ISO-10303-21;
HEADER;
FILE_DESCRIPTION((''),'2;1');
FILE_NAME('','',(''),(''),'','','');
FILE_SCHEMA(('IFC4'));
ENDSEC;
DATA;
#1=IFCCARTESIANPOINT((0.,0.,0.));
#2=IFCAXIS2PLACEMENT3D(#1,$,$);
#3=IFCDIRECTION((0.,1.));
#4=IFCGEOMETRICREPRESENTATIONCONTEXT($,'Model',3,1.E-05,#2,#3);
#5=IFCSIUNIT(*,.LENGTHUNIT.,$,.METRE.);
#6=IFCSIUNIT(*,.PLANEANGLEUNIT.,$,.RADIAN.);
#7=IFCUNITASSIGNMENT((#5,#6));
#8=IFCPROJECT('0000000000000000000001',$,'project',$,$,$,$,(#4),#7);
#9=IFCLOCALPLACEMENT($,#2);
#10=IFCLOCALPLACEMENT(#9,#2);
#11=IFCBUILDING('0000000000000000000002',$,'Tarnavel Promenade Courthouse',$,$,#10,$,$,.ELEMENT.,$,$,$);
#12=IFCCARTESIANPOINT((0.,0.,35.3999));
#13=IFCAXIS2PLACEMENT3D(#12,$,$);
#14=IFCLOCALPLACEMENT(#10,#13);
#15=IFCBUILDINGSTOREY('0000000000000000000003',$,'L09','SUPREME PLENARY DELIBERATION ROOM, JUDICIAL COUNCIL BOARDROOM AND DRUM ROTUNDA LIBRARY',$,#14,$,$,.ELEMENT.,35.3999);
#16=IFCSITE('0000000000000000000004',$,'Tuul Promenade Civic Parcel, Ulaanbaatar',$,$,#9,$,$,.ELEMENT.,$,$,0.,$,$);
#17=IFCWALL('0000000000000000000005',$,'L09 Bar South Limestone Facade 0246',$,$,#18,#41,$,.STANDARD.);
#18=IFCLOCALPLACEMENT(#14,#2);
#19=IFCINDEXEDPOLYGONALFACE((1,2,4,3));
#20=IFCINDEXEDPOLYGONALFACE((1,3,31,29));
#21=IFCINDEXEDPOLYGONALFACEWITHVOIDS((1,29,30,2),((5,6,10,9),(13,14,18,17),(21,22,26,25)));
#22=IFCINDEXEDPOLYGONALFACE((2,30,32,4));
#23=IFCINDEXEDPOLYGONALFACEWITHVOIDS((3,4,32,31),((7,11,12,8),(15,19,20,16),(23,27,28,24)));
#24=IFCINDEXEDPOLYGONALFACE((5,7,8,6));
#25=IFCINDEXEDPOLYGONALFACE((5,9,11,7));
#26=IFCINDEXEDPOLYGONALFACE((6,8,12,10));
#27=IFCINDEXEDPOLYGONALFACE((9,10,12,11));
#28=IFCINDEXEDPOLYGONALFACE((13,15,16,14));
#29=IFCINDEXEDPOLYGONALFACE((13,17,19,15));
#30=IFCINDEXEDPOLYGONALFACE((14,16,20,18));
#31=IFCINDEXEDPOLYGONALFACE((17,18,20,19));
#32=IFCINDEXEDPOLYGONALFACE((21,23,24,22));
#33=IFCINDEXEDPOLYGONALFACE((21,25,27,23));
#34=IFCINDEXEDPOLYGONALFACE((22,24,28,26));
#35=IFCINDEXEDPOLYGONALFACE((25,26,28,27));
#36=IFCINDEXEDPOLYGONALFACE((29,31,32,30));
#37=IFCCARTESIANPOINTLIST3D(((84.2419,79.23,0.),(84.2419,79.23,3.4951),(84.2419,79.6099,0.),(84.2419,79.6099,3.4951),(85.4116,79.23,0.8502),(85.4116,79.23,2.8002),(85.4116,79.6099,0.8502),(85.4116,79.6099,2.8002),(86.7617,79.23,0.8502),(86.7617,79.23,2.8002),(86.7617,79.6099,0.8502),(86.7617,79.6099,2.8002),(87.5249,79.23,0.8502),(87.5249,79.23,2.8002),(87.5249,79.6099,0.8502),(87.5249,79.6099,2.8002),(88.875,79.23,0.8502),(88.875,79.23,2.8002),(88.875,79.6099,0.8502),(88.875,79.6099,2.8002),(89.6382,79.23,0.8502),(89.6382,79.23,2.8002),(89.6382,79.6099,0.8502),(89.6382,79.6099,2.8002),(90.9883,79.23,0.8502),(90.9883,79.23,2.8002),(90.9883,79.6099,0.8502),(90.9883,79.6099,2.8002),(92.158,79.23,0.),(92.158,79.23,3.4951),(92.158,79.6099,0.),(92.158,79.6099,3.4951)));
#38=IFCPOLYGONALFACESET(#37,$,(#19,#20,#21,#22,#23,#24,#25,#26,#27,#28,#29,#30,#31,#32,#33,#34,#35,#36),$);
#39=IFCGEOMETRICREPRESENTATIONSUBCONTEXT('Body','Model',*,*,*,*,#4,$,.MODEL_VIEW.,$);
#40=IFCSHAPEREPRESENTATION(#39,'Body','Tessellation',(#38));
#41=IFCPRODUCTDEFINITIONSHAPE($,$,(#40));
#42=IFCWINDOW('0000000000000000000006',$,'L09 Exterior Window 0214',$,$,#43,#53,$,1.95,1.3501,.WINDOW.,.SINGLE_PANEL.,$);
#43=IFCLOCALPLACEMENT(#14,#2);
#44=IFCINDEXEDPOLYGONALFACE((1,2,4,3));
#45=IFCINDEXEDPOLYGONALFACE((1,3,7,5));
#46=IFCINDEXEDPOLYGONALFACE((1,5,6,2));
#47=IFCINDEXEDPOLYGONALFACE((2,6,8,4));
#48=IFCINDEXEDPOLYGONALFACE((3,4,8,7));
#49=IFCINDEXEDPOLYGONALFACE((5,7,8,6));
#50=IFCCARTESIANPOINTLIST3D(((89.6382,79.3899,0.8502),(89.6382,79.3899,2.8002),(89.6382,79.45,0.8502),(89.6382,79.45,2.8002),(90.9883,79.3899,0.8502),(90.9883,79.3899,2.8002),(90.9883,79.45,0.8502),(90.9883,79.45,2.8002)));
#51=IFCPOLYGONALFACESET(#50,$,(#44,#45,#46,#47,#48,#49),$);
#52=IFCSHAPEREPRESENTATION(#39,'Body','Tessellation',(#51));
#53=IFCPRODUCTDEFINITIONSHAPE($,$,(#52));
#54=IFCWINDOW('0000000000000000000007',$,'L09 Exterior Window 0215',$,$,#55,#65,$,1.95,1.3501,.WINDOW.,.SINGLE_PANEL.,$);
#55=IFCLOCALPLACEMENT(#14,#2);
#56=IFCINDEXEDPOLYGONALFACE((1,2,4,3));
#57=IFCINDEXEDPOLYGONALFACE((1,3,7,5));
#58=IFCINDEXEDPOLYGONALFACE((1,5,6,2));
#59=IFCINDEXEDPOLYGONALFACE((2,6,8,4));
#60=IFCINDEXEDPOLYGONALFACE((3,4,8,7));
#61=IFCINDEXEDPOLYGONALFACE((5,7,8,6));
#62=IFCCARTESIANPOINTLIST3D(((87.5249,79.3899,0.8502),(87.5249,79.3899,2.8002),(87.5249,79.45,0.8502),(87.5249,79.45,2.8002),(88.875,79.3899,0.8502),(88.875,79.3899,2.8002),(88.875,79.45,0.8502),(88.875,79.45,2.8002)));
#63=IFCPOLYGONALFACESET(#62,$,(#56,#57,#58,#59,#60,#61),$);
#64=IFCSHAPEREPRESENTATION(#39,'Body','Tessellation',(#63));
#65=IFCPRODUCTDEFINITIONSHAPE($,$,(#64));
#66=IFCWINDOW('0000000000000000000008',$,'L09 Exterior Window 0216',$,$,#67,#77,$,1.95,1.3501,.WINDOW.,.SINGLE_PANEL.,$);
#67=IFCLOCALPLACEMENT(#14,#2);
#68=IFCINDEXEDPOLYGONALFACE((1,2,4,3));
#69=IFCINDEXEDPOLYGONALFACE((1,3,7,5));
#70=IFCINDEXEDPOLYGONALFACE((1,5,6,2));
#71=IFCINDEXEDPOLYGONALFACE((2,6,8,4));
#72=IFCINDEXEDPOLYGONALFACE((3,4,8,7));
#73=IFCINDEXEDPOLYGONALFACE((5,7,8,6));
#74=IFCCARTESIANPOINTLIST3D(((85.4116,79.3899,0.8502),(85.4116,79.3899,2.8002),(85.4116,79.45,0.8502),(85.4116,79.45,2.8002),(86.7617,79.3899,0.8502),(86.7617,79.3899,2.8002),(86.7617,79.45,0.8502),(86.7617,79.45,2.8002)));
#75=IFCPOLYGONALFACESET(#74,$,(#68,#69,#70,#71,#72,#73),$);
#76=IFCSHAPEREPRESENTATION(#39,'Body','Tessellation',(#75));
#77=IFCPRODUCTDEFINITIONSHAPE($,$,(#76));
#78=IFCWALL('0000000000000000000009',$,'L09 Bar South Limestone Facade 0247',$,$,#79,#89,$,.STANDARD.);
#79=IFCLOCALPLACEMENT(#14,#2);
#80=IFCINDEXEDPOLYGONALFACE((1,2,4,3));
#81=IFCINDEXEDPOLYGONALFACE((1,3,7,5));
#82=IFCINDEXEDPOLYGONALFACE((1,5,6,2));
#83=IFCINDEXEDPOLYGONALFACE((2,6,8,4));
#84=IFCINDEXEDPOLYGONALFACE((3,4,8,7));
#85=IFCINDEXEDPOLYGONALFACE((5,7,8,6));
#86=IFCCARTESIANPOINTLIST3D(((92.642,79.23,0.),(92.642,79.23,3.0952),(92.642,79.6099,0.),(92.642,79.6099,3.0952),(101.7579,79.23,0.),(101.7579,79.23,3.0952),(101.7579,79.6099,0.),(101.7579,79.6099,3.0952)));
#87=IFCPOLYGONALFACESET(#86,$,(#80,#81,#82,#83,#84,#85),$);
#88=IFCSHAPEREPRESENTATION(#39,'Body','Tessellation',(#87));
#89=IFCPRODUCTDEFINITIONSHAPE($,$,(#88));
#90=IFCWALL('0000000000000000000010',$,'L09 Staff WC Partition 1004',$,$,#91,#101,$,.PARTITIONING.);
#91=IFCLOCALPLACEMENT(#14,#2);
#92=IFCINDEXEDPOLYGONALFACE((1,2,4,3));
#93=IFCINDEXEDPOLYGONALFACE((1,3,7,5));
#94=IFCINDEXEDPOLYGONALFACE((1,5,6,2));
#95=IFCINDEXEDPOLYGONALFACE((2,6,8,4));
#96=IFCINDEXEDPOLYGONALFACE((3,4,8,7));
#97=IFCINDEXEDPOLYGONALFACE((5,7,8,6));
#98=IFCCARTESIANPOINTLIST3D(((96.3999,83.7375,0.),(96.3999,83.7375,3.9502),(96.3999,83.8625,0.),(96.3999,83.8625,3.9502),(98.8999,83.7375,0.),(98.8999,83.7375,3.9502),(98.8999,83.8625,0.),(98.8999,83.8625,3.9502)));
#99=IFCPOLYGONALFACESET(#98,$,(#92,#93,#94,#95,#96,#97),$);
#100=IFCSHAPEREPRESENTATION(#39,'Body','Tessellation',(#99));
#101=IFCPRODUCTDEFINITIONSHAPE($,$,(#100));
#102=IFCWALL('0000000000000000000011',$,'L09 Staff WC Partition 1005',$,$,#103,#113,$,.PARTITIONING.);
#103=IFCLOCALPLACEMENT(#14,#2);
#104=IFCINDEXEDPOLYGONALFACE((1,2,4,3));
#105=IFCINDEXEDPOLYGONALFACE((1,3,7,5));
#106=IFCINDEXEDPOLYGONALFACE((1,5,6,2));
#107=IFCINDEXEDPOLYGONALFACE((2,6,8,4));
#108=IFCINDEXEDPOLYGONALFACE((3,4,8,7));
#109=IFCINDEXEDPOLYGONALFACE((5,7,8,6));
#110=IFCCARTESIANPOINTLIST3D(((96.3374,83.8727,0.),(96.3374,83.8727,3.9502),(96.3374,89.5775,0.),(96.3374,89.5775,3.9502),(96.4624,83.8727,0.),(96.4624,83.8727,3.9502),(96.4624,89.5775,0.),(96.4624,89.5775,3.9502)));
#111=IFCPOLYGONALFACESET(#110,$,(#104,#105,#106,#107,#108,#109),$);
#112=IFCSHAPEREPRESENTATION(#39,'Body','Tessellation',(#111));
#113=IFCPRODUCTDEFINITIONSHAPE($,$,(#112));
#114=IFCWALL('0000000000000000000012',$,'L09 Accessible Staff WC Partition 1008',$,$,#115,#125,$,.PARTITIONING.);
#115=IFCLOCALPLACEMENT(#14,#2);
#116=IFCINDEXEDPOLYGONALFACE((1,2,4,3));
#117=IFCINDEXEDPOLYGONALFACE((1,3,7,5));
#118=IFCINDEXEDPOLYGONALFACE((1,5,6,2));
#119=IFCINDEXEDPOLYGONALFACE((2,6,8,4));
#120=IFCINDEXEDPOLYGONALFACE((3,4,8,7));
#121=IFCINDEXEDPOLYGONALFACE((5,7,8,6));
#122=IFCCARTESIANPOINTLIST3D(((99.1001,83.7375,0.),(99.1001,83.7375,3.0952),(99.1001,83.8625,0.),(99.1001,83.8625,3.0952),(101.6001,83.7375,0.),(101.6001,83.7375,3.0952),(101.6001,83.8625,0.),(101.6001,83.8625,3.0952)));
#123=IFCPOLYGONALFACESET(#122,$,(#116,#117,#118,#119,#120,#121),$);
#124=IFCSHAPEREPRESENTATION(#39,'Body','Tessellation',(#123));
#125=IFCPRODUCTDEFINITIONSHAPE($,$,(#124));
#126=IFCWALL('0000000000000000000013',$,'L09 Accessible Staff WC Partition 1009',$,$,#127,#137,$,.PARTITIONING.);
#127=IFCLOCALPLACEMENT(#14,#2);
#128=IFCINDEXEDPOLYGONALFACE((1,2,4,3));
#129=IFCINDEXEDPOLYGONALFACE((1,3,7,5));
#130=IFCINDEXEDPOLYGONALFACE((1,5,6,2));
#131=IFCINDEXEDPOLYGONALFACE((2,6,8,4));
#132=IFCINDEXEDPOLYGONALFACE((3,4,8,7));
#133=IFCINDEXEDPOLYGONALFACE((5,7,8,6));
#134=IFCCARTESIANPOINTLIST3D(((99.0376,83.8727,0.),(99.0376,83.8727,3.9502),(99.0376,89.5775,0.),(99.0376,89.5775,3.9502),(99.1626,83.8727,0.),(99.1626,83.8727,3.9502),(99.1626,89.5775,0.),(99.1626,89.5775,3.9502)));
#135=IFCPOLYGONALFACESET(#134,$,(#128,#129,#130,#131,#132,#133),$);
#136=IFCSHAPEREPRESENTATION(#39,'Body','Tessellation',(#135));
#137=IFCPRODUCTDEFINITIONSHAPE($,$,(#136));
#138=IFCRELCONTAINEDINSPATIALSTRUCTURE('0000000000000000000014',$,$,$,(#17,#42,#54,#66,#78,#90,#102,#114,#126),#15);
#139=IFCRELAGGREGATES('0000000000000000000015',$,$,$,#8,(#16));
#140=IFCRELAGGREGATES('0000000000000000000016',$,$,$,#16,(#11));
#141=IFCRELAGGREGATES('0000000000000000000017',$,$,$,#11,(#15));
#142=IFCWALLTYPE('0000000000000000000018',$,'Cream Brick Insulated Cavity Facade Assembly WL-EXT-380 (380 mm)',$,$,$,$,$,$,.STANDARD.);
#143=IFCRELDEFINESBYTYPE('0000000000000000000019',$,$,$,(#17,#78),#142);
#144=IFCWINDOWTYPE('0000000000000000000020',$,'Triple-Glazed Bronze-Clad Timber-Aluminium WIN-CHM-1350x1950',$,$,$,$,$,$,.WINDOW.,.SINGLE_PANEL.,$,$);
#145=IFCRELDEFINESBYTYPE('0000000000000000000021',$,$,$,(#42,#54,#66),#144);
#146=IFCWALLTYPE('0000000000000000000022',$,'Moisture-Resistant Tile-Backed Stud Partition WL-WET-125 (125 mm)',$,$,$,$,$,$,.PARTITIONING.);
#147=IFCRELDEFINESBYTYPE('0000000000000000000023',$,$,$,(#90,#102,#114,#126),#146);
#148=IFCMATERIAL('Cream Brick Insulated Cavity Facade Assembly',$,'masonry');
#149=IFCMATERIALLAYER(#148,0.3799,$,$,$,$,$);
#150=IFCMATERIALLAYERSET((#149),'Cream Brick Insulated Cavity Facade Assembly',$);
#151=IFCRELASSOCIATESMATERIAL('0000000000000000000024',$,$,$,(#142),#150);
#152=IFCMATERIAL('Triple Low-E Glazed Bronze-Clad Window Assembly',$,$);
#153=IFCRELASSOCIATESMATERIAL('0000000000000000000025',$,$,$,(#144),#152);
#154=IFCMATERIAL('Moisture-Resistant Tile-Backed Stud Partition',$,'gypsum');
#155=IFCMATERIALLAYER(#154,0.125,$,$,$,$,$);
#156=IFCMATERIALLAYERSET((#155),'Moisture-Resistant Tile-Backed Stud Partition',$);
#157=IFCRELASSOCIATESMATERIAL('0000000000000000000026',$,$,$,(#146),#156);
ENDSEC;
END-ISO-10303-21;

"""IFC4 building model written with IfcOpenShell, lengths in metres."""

from ifc_helpers import new_model, si_unit, direction, frame, frame_2d, origin, place, context, subcontext, project, spatial, rectangle, extrude, material, layer, layer_set, type_object, element, fill, save


model = new_model("IFC4")

# Units and contexts
model_context = context("Model", 3, precision=1e-05, world=origin(), true_north=direction((0.0, 1.0)))
body_context = subcontext(model_context, "Body", "Model", "MODEL_VIEW")
ifc_project = project(units=[si_unit("LENGTHUNIT", "METRE"), si_unit("PLANEANGLEUNIT", "RADIAN")], contexts=[model_context])

# Site, building, storey
site_placement = place(None, origin())
site = spatial("IfcSite", under=ifc_project, at=site_placement, Name="Tuul Promenade Civic Parcel, Ulaanbaatar", CompositionType="ELEMENT", RefElevation=0.0)
building_placement = place(site_placement, origin())
building = spatial("IfcBuilding", under=site, at=building_placement, Name="Tarnavel Promenade Courthouse", CompositionType="ELEMENT")
storey_placement = place(building_placement, frame((0.0, 0.0, 35.3999)))
storey = spatial("IfcBuildingStorey", under=building, at=storey_placement, Name="L09", Description="SUPREME PLENARY DELIBERATION ROOM, JUDICIAL COUNCIL BOARDROOM AND DRUM ROTUNDA LIBRARY", CompositionType="ELEMENT", Elevation=35.3999)

# Wall, openings, windows
ifc_material_1 = material(Name="Cream Brick Insulated Cavity Facade Assembly", Category="masonry")
ifc_layer_1 = layer(ifc_material_1, 0.3799)
ifc_layer_set_1 = layer_set([ifc_layer_1], Name="Cream Brick Insulated Cavity Facade Assembly")
wall_type_1 = type_object("IfcWallType", Name="Cream Brick Insulated Cavity Facade Assembly WL-EXT-380 (380 mm)", PredefinedType="STANDARD", material=ifc_layer_set_1)
wall_1_placement = place(storey_placement, frame((92.158, 79.4199, 0.0), z_axis=(0.0, 0.0, 1.0), x_axis=(-1.0, 0.0, 0.0)))
wall_1 = element("IfcWall", 1, at=wall_1_placement, inside=storey, type_object=wall_type_1, Name="L09 Bar South Limestone Facade 0246", PredefinedType="STANDARD", context=body_context, shape_type="SweptSolid", body=[
    extrude(rectangle(XDim=7.916, YDim=0.3799, at=frame_2d((3.958, 0.0))), origin(), (0.0, 0.0, 1.0), 3.4951),
])
opening_1_placement = place(wall_1_placement, frame((1.1697, 0.0, 0.8501)))
opening_1 = element("IfcOpeningElement", 2, at=opening_1_placement, cuts=wall_1, PredefinedType="OPENING", context=body_context, shape_type="SweptSolid", body=[
    extrude(rectangle(XDim=1.3501, YDim=1.95, at=frame_2d((0.675, 0.9751))), frame((0.0, 0.2, 0.0), z_axis=(0.0, -1.0, 0.0), x_axis=(1.0, 0.0, 0.0)), (0.0, 0.0, 1.0), 0.3999),
])
opening_2_placement = place(wall_1_placement, frame((3.283, 0.0, 0.8501)))
opening_2 = element("IfcOpeningElement", 3, at=opening_2_placement, cuts=wall_1, PredefinedType="OPENING", context=body_context, shape_type="SweptSolid", body=[
    extrude(rectangle(XDim=1.3501, YDim=1.95, at=frame_2d((0.675, 0.9751))), frame((0.0, 0.2, 0.0), z_axis=(0.0, -1.0, 0.0), x_axis=(1.0, 0.0, 0.0)), (0.0, 0.0, 1.0), 0.3999),
])
opening_3_placement = place(wall_1_placement, frame((5.3962, 0.0, 0.8501)))
opening_3 = element("IfcOpeningElement", 4, at=opening_3_placement, cuts=wall_1, PredefinedType="OPENING", context=body_context, shape_type="SweptSolid", body=[
    extrude(rectangle(XDim=1.3501, YDim=1.95, at=frame_2d((0.675, 0.9751))), frame((0.0, 0.2, 0.0), z_axis=(0.0, -1.0, 0.0), x_axis=(1.0, 0.0, 0.0)), (0.0, 0.0, 1.0), 0.3999),
])
ifc_material_2 = material(Name="Triple Low-E Glazed Bronze-Clad Window Assembly")
window_type = type_object("IfcWindowType", Name="Triple-Glazed Bronze-Clad Timber-Aluminium WIN-CHM-1350x1950", PartitioningType="SINGLE_PANEL", PredefinedType="WINDOW", material=ifc_material_2)
window_1_placement = place(opening_1_placement, origin())
window_1 = element("IfcWindow", 5, at=window_1_placement, inside=storey, type_object=window_type, Name="L09 Exterior Window 0214", OverallHeight=1.95, OverallWidth=1.3501, PartitioningType="SINGLE_PANEL", PredefinedType="WINDOW", context=body_context, shape_type="SweptSolid", body=[
    extrude(rectangle(XDim=1.3501, YDim=1.95, at=frame_2d((0.675, 0.9751))), frame((0.0, 0.03, 0.0), z_axis=(0.0, -1.0, 0.0), x_axis=(1.0, 0.0, 0.0)), (0.0, 0.0, 1.0), 0.0601),
])
fill(opening_1, window_1)
window_2_placement = place(opening_2_placement, origin())
window_2 = element("IfcWindow", 6, at=window_2_placement, inside=storey, type_object=window_type, Name="L09 Exterior Window 0215", OverallHeight=1.95, OverallWidth=1.3501, PartitioningType="SINGLE_PANEL", PredefinedType="WINDOW", context=body_context, shape_type="SweptSolid", body=[
    extrude(rectangle(XDim=1.3501, YDim=1.95, at=frame_2d((0.675, 0.9751))), frame((0.0, 0.03, 0.0), z_axis=(0.0, -1.0, 0.0), x_axis=(1.0, 0.0, 0.0)), (0.0, 0.0, 1.0), 0.0601),
])
fill(opening_2, window_2)
window_3_placement = place(opening_3_placement, origin())
window_3 = element("IfcWindow", 7, at=window_3_placement, inside=storey, type_object=window_type, Name="L09 Exterior Window 0216", OverallHeight=1.95, OverallWidth=1.3501, PartitioningType="SINGLE_PANEL", PredefinedType="WINDOW", context=body_context, shape_type="SweptSolid", body=[
    extrude(rectangle(XDim=1.3501, YDim=1.95, at=frame_2d((0.675, 0.9751))), frame((0.0, 0.03, 0.0), z_axis=(0.0, -1.0, 0.0), x_axis=(1.0, 0.0, 0.0)), (0.0, 0.0, 1.0), 0.0601),
])
fill(opening_3, window_3)

# Walls
wall_2_placement = place(storey_placement, frame((101.7581, 79.4199, 0.0), z_axis=(0.0, 0.0, 1.0), x_axis=(-1.0, 0.0, 0.0)))
element("IfcWall", 8, at=wall_2_placement, inside=storey, type_object=wall_type_1, Name="L09 Bar South Limestone Facade 0247", PredefinedType="STANDARD", context=body_context, shape_type="SweptSolid", body=[
    extrude(rectangle(XDim=9.116, YDim=0.3799, at=frame_2d((4.5581, 0.0))), origin(), (0.0, 0.0, 1.0), 3.0952),
])
ifc_material_3 = material(Name="Moisture-Resistant Tile-Backed Stud Partition", Category="gypsum")
ifc_layer_2 = layer(ifc_material_3, 0.125)
ifc_layer_set_2 = layer_set([ifc_layer_2], Name="Moisture-Resistant Tile-Backed Stud Partition")
wall_type_2 = type_object("IfcWallType", Name="Moisture-Resistant Tile-Backed Stud Partition WL-WET-125 (125 mm)", PredefinedType="PARTITIONING", material=ifc_layer_set_2)
wall_3_placement = place(storey_placement, frame((98.8999, 83.8, 0.0), z_axis=(0.0, 0.0, 1.0), x_axis=(-1.0, 0.0, 0.0)))
element("IfcWall", 9, at=wall_3_placement, inside=storey, type_object=wall_type_2, Name="L09 Staff WC Partition 1004", PredefinedType="PARTITIONING", context=body_context, shape_type="SweptSolid", body=[
    extrude(rectangle(XDim=2.5, YDim=0.125, at=frame_2d((1.25, 0.0))), origin(), (0.0, 0.0, 1.0), 3.9502),
])
wall_4_placement = place(storey_placement, frame((96.3999, 83.8726, 0.0), z_axis=(0.0, 0.0, 1.0), x_axis=(0.0, 1.0, 0.0)))
element("IfcWall", 10, at=wall_4_placement, inside=storey, type_object=wall_type_2, Name="L09 Staff WC Partition 1005", PredefinedType="PARTITIONING", context=body_context, shape_type="SweptSolid", body=[
    extrude(rectangle(XDim=5.7048, YDim=0.125, at=frame_2d((2.8525, 0.0))), origin(), (0.0, 0.0, 1.0), 3.9502),
])
wall_5_placement = place(storey_placement, frame((101.6001, 83.8, 0.0), z_axis=(0.0, 0.0, 1.0), x_axis=(-1.0, 0.0, 0.0)))
element("IfcWall", 11, at=wall_5_placement, inside=storey, type_object=wall_type_2, Name="L09 Accessible Staff WC Partition 1008", PredefinedType="PARTITIONING", context=body_context, shape_type="SweptSolid", body=[
    extrude(rectangle(XDim=2.5, YDim=0.125, at=frame_2d((1.25, 0.0))), origin(), (0.0, 0.0, 1.0), 3.0952),
])
wall_6_placement = place(storey_placement, frame((99.1001, 83.8726, 0.0), z_axis=(0.0, 0.0, 1.0), x_axis=(0.0, 1.0, 0.0)))
element("IfcWall", 12, at=wall_6_placement, inside=storey, type_object=wall_type_2, Name="L09 Accessible Staff WC Partition 1009", PredefinedType="PARTITIONING", context=body_context, shape_type="SweptSolid", body=[
    extrude(rectangle(XDim=5.7048, YDim=0.125, at=frame_2d((2.8525, 0.0))), origin(), (0.0, 0.0, 1.0), 3.9502),
])

save(model, "model.ifc")
